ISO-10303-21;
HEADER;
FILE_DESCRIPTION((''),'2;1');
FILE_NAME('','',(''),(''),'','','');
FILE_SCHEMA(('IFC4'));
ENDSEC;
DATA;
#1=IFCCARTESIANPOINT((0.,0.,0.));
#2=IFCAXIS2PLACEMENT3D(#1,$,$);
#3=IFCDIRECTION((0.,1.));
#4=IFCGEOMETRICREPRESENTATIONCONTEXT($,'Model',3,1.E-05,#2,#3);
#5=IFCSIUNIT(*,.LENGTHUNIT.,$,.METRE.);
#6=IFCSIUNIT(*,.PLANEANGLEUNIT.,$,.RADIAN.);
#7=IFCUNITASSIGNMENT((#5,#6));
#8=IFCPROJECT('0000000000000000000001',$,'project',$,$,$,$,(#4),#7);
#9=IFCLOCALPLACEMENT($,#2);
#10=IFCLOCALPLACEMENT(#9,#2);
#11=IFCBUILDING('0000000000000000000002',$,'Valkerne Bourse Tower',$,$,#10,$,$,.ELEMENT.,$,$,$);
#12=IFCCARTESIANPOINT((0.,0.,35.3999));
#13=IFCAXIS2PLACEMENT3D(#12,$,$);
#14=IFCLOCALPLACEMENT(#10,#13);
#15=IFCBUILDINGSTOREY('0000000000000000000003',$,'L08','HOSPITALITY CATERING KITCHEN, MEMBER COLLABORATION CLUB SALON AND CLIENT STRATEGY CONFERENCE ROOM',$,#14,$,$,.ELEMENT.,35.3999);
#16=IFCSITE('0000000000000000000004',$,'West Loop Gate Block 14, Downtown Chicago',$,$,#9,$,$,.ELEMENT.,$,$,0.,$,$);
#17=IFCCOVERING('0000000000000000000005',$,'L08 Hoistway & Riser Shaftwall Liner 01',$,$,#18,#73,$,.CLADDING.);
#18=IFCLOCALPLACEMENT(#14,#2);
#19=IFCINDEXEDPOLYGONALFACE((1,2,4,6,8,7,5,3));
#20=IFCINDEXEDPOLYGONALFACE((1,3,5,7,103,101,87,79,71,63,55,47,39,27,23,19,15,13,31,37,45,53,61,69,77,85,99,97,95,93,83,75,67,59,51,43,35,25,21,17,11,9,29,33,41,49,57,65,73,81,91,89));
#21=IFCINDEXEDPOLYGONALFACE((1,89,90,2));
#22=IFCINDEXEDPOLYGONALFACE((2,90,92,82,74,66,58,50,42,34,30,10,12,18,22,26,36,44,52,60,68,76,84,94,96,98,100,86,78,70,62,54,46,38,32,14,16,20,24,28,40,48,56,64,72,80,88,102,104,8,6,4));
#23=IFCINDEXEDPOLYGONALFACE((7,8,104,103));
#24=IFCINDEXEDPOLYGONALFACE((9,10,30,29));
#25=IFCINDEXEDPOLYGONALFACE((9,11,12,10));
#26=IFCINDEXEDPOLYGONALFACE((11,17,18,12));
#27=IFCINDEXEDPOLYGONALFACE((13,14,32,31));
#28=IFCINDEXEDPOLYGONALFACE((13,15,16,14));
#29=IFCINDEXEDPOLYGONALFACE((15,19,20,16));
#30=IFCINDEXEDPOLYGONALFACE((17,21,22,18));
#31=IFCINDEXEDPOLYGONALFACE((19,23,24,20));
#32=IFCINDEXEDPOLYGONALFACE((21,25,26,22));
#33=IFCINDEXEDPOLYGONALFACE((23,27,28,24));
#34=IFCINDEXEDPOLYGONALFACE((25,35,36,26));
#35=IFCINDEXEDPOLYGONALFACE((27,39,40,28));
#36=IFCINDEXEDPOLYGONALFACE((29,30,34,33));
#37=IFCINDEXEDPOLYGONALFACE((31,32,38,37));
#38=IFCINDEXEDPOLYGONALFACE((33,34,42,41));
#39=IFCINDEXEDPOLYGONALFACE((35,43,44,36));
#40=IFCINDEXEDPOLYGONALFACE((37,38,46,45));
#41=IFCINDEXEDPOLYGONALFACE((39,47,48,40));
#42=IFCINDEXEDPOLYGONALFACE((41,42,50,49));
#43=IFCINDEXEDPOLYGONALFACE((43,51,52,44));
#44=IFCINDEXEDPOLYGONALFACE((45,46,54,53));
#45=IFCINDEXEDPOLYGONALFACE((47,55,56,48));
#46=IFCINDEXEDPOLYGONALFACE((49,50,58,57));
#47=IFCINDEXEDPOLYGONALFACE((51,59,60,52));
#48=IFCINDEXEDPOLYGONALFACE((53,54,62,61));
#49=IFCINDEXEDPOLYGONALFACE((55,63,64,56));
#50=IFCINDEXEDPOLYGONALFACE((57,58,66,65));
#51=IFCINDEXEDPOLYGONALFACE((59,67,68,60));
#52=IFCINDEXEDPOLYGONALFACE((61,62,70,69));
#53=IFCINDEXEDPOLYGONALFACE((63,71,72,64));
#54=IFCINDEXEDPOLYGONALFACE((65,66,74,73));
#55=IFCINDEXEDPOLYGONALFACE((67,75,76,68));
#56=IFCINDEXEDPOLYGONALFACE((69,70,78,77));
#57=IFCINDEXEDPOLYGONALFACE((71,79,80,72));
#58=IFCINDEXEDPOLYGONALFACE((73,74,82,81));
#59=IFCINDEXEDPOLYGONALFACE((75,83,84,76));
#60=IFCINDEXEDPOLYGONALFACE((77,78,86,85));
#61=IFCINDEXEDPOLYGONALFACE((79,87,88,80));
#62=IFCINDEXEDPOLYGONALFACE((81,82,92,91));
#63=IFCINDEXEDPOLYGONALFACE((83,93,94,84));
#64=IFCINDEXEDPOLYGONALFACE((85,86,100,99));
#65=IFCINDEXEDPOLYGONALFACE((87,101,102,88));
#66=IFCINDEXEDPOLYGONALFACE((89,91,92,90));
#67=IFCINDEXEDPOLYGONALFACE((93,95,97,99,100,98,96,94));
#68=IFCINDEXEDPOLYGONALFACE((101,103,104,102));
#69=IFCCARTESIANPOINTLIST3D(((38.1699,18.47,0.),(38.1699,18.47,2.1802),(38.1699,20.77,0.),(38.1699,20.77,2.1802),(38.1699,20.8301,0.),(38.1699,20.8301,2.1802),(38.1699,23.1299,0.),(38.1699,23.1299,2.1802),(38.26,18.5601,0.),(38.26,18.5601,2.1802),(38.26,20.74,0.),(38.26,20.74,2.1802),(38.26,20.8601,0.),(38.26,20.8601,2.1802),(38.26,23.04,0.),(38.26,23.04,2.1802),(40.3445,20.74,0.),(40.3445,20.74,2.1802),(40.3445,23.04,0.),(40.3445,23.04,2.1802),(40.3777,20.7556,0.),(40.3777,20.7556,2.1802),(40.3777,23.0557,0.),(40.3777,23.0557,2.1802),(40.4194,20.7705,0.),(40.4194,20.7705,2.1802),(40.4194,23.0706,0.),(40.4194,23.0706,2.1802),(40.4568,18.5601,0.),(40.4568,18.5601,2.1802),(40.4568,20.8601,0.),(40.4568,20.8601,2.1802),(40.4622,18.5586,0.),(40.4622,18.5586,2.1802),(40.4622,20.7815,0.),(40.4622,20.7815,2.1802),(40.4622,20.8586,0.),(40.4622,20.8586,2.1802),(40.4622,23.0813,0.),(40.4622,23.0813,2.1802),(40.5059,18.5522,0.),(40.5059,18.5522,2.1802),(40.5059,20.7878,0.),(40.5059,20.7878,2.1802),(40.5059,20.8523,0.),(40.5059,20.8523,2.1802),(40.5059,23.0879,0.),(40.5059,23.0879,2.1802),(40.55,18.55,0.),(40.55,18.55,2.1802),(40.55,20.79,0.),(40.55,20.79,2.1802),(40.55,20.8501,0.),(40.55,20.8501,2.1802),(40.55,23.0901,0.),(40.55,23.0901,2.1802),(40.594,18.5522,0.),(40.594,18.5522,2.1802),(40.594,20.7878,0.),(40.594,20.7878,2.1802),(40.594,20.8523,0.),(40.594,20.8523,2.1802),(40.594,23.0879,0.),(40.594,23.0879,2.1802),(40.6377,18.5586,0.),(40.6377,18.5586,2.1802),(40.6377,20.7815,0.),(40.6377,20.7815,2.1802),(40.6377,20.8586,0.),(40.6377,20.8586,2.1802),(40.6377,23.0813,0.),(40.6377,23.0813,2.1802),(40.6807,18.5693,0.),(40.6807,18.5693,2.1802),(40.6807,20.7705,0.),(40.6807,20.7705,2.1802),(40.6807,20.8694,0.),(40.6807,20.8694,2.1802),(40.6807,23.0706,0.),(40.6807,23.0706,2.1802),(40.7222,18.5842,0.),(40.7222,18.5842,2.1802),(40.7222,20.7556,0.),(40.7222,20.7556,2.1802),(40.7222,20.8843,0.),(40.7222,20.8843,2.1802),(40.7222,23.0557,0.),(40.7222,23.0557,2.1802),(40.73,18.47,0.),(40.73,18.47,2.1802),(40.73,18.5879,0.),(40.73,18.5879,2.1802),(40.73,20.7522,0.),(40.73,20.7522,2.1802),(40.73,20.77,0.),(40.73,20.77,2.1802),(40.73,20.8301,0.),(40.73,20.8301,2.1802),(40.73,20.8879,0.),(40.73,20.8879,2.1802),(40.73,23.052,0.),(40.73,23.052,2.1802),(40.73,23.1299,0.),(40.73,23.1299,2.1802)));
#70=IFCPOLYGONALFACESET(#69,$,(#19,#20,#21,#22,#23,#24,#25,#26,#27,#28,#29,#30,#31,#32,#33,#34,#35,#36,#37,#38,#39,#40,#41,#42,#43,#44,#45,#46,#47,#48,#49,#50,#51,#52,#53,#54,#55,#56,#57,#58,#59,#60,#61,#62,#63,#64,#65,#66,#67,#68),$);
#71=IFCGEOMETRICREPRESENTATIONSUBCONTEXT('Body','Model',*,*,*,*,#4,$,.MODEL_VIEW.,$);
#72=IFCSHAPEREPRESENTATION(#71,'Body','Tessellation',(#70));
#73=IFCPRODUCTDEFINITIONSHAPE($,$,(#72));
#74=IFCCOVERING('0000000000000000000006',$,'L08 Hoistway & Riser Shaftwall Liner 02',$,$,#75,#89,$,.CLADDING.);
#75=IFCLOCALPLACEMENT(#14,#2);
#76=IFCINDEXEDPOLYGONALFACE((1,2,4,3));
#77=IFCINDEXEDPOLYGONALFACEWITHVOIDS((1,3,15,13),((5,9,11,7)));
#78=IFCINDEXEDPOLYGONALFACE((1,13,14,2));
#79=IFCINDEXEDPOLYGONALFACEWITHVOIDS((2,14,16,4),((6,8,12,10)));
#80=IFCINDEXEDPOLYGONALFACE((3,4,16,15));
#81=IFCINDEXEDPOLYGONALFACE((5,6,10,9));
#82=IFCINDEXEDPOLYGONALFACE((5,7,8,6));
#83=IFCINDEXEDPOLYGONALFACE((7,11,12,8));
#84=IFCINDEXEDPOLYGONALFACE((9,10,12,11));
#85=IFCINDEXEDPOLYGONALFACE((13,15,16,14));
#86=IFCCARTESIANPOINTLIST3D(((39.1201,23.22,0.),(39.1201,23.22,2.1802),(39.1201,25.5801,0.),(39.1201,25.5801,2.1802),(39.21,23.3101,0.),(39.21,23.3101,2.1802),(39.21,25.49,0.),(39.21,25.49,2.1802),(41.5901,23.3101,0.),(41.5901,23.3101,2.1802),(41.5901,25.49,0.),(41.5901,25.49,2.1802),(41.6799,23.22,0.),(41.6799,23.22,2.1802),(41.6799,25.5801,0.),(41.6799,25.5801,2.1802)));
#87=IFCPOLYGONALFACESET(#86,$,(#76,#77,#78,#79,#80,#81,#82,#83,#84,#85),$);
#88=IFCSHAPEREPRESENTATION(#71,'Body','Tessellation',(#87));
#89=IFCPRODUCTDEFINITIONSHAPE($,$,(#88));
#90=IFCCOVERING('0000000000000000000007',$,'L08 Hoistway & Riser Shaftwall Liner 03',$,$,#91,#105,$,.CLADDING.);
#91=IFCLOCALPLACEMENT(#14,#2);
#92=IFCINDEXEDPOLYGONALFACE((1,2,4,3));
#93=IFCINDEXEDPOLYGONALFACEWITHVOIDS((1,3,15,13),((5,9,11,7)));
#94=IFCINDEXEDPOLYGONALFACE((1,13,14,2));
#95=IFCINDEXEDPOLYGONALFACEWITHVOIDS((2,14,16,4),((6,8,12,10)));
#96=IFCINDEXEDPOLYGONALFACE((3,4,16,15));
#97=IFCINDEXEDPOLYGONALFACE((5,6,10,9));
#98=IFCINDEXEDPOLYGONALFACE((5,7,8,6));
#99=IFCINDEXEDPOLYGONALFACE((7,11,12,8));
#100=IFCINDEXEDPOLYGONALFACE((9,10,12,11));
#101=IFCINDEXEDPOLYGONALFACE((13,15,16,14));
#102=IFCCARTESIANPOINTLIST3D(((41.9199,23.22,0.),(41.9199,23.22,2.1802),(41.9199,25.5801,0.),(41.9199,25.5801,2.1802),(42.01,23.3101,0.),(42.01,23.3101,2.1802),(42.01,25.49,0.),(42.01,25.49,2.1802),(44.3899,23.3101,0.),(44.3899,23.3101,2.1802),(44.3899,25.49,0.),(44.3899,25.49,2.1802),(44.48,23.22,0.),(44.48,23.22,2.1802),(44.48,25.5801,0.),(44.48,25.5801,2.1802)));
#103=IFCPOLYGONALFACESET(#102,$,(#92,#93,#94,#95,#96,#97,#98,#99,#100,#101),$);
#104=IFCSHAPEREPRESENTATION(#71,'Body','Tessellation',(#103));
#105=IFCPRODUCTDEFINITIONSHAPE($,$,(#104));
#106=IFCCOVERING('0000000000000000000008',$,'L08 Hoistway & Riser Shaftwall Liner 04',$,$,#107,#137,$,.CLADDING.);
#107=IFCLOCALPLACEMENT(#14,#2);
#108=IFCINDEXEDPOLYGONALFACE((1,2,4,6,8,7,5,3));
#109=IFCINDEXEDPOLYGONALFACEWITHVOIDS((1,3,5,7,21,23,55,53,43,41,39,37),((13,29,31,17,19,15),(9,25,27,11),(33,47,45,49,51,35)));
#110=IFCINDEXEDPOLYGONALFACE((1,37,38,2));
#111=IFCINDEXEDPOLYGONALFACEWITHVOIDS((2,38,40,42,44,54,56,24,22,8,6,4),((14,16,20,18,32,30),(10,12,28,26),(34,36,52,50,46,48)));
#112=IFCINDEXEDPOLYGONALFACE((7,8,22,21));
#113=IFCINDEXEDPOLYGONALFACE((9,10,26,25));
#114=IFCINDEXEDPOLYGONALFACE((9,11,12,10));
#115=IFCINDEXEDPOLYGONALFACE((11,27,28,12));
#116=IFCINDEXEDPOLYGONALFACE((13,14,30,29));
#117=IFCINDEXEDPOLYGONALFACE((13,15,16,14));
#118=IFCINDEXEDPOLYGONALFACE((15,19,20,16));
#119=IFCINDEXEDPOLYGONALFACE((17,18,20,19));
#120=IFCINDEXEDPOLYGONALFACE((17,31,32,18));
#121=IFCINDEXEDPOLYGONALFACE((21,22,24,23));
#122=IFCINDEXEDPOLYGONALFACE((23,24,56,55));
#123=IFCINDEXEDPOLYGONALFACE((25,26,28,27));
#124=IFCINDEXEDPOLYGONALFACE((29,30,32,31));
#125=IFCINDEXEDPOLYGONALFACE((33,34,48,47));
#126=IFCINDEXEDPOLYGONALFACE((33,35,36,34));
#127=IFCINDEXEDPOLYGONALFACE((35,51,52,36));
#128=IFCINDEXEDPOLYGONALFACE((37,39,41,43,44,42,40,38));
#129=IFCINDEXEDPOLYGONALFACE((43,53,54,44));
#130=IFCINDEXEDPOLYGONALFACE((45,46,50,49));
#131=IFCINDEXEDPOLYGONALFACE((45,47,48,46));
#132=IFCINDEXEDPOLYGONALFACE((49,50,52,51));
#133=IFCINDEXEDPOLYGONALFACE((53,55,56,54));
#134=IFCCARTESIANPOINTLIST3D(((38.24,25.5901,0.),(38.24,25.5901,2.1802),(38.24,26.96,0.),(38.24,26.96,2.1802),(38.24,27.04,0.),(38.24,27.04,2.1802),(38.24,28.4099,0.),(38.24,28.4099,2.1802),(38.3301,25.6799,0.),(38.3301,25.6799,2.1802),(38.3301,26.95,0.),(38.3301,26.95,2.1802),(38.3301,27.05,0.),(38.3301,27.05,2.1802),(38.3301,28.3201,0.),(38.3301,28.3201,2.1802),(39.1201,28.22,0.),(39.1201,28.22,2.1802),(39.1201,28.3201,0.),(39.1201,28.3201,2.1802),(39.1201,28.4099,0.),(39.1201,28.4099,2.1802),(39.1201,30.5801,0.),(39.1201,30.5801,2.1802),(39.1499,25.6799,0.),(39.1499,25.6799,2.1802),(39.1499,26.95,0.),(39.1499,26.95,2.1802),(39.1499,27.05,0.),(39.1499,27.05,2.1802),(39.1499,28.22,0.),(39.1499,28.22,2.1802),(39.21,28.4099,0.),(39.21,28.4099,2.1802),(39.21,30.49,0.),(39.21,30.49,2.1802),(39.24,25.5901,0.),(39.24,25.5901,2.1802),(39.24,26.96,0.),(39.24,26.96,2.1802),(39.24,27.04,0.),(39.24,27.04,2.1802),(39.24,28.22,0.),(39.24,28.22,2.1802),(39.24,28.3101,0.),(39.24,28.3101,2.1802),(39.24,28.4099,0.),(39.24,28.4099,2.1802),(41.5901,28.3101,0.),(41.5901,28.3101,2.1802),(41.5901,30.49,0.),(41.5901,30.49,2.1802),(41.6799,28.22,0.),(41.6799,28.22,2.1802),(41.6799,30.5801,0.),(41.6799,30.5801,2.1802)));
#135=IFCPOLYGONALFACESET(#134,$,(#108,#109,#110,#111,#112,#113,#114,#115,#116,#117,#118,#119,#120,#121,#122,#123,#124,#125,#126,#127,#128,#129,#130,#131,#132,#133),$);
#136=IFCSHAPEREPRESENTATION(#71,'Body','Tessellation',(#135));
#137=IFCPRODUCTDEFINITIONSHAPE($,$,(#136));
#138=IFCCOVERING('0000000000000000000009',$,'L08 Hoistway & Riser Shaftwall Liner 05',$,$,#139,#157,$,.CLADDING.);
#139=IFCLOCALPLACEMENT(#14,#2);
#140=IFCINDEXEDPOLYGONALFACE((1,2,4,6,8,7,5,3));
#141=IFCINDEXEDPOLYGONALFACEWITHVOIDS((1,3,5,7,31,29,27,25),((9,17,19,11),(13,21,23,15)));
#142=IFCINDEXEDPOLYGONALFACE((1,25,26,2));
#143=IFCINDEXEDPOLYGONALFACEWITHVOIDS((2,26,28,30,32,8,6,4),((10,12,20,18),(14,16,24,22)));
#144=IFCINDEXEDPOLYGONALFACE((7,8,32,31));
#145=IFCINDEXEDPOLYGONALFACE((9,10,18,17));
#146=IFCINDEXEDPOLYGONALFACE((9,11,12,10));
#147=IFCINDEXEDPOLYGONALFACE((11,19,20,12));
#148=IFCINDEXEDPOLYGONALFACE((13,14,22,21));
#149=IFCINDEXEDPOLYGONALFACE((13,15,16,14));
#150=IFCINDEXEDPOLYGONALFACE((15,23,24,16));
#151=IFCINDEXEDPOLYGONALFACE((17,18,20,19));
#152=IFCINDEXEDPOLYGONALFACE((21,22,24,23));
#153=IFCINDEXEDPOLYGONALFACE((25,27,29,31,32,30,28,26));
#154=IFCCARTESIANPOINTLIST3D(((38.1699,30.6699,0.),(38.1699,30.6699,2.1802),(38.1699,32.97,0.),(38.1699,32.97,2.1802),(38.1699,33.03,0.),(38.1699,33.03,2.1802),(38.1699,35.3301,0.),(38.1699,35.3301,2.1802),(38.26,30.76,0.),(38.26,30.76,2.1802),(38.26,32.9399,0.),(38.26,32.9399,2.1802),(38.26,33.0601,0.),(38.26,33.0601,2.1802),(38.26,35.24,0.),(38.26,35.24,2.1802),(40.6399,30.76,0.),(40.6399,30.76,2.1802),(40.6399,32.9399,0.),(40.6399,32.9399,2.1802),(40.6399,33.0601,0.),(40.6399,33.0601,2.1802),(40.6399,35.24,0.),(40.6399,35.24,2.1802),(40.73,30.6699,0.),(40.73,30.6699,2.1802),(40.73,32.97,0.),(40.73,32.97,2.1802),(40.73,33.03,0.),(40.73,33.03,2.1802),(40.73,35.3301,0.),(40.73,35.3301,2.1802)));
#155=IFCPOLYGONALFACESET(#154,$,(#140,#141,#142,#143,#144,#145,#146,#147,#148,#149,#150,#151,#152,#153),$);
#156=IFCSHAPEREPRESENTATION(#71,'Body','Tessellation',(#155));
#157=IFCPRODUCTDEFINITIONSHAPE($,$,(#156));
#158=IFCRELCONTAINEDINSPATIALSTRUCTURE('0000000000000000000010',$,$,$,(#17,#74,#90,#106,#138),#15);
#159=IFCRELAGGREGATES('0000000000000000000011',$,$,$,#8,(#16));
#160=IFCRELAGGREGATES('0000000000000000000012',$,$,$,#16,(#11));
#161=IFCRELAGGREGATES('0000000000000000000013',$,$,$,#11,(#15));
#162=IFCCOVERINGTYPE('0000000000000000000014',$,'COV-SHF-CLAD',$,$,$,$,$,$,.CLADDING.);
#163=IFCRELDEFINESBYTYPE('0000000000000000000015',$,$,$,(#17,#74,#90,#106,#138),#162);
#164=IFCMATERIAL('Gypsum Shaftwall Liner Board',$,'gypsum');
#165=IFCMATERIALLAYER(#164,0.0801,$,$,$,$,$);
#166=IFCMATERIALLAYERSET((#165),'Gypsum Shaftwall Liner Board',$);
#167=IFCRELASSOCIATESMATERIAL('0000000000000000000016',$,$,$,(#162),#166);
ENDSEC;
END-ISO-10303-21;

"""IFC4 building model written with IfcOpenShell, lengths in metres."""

from ifc_helpers import new_model, si_unit, direction, frame, origin, place, context, subcontext, project, spatial, polyline, outline, extrude, material, layer, layer_set, type_object, element, save


model = new_model("IFC4")

# Units and contexts
model_context = context("Model", 3, precision=1e-05, world=origin(), true_north=direction((0.0, 1.0)))
body_context = subcontext(model_context, "Body", "Model", "MODEL_VIEW")
ifc_project = project(units=[si_unit("LENGTHUNIT", "METRE"), si_unit("PLANEANGLEUNIT", "RADIAN")], contexts=[model_context])

# Site, building, storey
site_placement = place(None, origin())
site = spatial("IfcSite", under=ifc_project, at=site_placement, Name="West Loop Gate Block 14, Downtown Chicago", CompositionType="ELEMENT", RefElevation=0.0)
building_placement = place(site_placement, origin())
building = spatial("IfcBuilding", under=site, at=building_placement, Name="Valkerne Bourse Tower", CompositionType="ELEMENT")
storey_placement = place(building_placement, frame((0.0, 0.0, 35.3999)))
storey = spatial("IfcBuildingStorey", under=building, at=storey_placement, Name="L08", Description="HOSPITALITY CATERING KITCHEN, MEMBER COLLABORATION CLUB SALON AND CLIENT STRATEGY CONFERENCE ROOM", CompositionType="ELEMENT", Elevation=35.3999)

# Coverings
ifc_material_1 = material(Name="Gypsum Shaftwall Liner Board", Category="gypsum")
ifc_layer_1 = layer(ifc_material_1, 0.0801)
ifc_layer_set_1 = layer_set([ifc_layer_1], Name="Gypsum Shaftwall Liner Board")
covering_type_1 = type_object("IfcCoveringType", Name="COV-SHF-CLAD", PredefinedType="CLADDING", material=ifc_layer_set_1)
covering_1_placement = place(storey_placement, origin())
element("IfcCovering", 1, at=covering_1_placement, inside=storey, type_object=covering_type_1, Name="L08 Hoistway & Riser Shaftwall Liner 01", PredefinedType="CLADDING", context=body_context, shape_type="SweptSolid", body=[
    extrude(outline(polyline([(38.1699, 23.1299), (40.73, 23.1299), (40.73, 23.052), (40.7222, 23.0557), (40.6807, 23.0706), (40.6377, 23.0813), (40.594, 23.0879), (40.55, 23.0901), (40.5059, 23.0879), (40.4622, 23.0813), (40.4194, 23.0706), (40.3777, 23.0557), (40.3445, 23.04), (38.26, 23.04), (38.26, 20.8601), (40.4568, 20.8601), (40.4622, 20.8586), (40.5059, 20.8523), (40.55, 20.8501), (40.594, 20.8523), (40.6377, 20.8586), (40.6807, 20.8694), (40.7222, 20.8843), (40.73, 20.8879), (40.73, 20.8301), (40.73, 20.77), (40.73, 20.7522), (40.7222, 20.7556), (40.6807, 20.7705), (40.6377, 20.7815), (40.594, 20.7878), (40.55, 20.79), (40.5059, 20.7878), (40.4622, 20.7815), (40.4194, 20.7705), (40.3777, 20.7556), (40.3445, 20.74), (38.26, 20.74), (38.26, 18.5601), (40.4568, 18.5601), (40.4622, 18.5586), (40.5059, 18.5522), (40.55, 18.55), (40.594, 18.5522), (40.6377, 18.5586), (40.6807, 18.5693), (40.7222, 18.5842), (40.73, 18.5879), (40.73, 18.47), (38.1699, 18.47), (38.1699, 20.77), (38.1699, 20.8301), (38.1699, 23.1299)])), origin(), (0.0, 0.0, 1.0), 2.1802),
])
covering_2_placement = place(storey_placement, origin())
element("IfcCovering", 2, at=covering_2_placement, inside=storey, type_object=covering_type_1, Name="L08 Hoistway & Riser Shaftwall Liner 02", PredefinedType="CLADDING", context=body_context, shape_type="SweptSolid", body=[
    extrude(outline(polyline([(41.6799, 23.22), (39.1201, 23.22), (39.1201, 25.5801), (41.6799, 25.5801), (41.6799, 23.22)]), holes=[polyline([(39.21, 25.49), (39.21, 23.3101), (41.5901, 23.3101), (41.5901, 25.49), (39.21, 25.49)])]), origin(), (0.0, 0.0, 1.0), 2.1802),
])
covering_3_placement = place(storey_placement, origin())
element("IfcCovering", 3, at=covering_3_placement, inside=storey, type_object=covering_type_1, Name="L08 Hoistway & Riser Shaftwall Liner 03", PredefinedType="CLADDING", context=body_context, shape_type="SweptSolid", body=[
    extrude(outline(polyline([(44.48, 23.22), (41.9199, 23.22), (41.9199, 25.5801), (44.48, 25.5801), (44.48, 23.22)]), holes=[polyline([(42.01, 25.49), (42.01, 23.3101), (44.3899, 23.3101), (44.3899, 25.49), (42.01, 25.49)])]), origin(), (0.0, 0.0, 1.0), 2.1802),
])
covering_4_placement = place(storey_placement, origin())
element("IfcCovering", 4, at=covering_4_placement, inside=storey, type_object=covering_type_1, Name="L08 Hoistway & Riser Shaftwall Liner 04", PredefinedType="CLADDING", context=body_context, shape_type="SweptSolid", body=[
    extrude(outline(polyline([(38.24, 28.4099), (39.1201, 28.4099), (39.1201, 30.5801), (41.6799, 30.5801), (41.6799, 28.22), (39.24, 28.22), (39.24, 27.04), (39.24, 26.96), (39.24, 25.5901), (38.24, 25.5901), (38.24, 26.96), (38.24, 27.04), (38.24, 28.4099)]), holes=[polyline([(39.21, 30.49), (39.21, 28.4099), (39.24, 28.4099), (39.24, 28.3101), (41.5901, 28.3101), (41.5901, 30.49), (39.21, 30.49)]), polyline([(38.3301, 26.95), (38.3301, 25.6799), (39.1499, 25.6799), (39.1499, 26.95), (38.3301, 26.95)]), polyline([(39.1201, 28.22), (39.1201, 28.3201), (38.3301, 28.3201), (38.3301, 27.05), (39.1499, 27.05), (39.1499, 28.22), (39.1201, 28.22)])]), origin(), (0.0, 0.0, 1.0), 2.1802),
])
covering_5_placement = place(storey_placement, origin())
element("IfcCovering", 5, at=covering_5_placement, inside=storey, type_object=covering_type_1, Name="L08 Hoistway & Riser Shaftwall Liner 05", PredefinedType="CLADDING", context=body_context, shape_type="SweptSolid", body=[
    extrude(outline(polyline([(38.1699, 35.3301), (40.73, 35.3301), (40.73, 33.03), (40.73, 32.97), (40.73, 30.6699), (38.1699, 30.6699), (38.1699, 32.97), (38.1699, 33.03), (38.1699, 35.3301)]), holes=[polyline([(38.26, 32.9399), (38.26, 30.76), (40.6399, 30.76), (40.6399, 32.9399), (38.26, 32.9399)]), polyline([(38.26, 35.24), (38.26, 33.0601), (40.6399, 33.0601), (40.6399, 35.24), (38.26, 35.24)])]), origin(), (0.0, 0.0, 1.0), 2.1802),
])

save(model, "model.ifc")
